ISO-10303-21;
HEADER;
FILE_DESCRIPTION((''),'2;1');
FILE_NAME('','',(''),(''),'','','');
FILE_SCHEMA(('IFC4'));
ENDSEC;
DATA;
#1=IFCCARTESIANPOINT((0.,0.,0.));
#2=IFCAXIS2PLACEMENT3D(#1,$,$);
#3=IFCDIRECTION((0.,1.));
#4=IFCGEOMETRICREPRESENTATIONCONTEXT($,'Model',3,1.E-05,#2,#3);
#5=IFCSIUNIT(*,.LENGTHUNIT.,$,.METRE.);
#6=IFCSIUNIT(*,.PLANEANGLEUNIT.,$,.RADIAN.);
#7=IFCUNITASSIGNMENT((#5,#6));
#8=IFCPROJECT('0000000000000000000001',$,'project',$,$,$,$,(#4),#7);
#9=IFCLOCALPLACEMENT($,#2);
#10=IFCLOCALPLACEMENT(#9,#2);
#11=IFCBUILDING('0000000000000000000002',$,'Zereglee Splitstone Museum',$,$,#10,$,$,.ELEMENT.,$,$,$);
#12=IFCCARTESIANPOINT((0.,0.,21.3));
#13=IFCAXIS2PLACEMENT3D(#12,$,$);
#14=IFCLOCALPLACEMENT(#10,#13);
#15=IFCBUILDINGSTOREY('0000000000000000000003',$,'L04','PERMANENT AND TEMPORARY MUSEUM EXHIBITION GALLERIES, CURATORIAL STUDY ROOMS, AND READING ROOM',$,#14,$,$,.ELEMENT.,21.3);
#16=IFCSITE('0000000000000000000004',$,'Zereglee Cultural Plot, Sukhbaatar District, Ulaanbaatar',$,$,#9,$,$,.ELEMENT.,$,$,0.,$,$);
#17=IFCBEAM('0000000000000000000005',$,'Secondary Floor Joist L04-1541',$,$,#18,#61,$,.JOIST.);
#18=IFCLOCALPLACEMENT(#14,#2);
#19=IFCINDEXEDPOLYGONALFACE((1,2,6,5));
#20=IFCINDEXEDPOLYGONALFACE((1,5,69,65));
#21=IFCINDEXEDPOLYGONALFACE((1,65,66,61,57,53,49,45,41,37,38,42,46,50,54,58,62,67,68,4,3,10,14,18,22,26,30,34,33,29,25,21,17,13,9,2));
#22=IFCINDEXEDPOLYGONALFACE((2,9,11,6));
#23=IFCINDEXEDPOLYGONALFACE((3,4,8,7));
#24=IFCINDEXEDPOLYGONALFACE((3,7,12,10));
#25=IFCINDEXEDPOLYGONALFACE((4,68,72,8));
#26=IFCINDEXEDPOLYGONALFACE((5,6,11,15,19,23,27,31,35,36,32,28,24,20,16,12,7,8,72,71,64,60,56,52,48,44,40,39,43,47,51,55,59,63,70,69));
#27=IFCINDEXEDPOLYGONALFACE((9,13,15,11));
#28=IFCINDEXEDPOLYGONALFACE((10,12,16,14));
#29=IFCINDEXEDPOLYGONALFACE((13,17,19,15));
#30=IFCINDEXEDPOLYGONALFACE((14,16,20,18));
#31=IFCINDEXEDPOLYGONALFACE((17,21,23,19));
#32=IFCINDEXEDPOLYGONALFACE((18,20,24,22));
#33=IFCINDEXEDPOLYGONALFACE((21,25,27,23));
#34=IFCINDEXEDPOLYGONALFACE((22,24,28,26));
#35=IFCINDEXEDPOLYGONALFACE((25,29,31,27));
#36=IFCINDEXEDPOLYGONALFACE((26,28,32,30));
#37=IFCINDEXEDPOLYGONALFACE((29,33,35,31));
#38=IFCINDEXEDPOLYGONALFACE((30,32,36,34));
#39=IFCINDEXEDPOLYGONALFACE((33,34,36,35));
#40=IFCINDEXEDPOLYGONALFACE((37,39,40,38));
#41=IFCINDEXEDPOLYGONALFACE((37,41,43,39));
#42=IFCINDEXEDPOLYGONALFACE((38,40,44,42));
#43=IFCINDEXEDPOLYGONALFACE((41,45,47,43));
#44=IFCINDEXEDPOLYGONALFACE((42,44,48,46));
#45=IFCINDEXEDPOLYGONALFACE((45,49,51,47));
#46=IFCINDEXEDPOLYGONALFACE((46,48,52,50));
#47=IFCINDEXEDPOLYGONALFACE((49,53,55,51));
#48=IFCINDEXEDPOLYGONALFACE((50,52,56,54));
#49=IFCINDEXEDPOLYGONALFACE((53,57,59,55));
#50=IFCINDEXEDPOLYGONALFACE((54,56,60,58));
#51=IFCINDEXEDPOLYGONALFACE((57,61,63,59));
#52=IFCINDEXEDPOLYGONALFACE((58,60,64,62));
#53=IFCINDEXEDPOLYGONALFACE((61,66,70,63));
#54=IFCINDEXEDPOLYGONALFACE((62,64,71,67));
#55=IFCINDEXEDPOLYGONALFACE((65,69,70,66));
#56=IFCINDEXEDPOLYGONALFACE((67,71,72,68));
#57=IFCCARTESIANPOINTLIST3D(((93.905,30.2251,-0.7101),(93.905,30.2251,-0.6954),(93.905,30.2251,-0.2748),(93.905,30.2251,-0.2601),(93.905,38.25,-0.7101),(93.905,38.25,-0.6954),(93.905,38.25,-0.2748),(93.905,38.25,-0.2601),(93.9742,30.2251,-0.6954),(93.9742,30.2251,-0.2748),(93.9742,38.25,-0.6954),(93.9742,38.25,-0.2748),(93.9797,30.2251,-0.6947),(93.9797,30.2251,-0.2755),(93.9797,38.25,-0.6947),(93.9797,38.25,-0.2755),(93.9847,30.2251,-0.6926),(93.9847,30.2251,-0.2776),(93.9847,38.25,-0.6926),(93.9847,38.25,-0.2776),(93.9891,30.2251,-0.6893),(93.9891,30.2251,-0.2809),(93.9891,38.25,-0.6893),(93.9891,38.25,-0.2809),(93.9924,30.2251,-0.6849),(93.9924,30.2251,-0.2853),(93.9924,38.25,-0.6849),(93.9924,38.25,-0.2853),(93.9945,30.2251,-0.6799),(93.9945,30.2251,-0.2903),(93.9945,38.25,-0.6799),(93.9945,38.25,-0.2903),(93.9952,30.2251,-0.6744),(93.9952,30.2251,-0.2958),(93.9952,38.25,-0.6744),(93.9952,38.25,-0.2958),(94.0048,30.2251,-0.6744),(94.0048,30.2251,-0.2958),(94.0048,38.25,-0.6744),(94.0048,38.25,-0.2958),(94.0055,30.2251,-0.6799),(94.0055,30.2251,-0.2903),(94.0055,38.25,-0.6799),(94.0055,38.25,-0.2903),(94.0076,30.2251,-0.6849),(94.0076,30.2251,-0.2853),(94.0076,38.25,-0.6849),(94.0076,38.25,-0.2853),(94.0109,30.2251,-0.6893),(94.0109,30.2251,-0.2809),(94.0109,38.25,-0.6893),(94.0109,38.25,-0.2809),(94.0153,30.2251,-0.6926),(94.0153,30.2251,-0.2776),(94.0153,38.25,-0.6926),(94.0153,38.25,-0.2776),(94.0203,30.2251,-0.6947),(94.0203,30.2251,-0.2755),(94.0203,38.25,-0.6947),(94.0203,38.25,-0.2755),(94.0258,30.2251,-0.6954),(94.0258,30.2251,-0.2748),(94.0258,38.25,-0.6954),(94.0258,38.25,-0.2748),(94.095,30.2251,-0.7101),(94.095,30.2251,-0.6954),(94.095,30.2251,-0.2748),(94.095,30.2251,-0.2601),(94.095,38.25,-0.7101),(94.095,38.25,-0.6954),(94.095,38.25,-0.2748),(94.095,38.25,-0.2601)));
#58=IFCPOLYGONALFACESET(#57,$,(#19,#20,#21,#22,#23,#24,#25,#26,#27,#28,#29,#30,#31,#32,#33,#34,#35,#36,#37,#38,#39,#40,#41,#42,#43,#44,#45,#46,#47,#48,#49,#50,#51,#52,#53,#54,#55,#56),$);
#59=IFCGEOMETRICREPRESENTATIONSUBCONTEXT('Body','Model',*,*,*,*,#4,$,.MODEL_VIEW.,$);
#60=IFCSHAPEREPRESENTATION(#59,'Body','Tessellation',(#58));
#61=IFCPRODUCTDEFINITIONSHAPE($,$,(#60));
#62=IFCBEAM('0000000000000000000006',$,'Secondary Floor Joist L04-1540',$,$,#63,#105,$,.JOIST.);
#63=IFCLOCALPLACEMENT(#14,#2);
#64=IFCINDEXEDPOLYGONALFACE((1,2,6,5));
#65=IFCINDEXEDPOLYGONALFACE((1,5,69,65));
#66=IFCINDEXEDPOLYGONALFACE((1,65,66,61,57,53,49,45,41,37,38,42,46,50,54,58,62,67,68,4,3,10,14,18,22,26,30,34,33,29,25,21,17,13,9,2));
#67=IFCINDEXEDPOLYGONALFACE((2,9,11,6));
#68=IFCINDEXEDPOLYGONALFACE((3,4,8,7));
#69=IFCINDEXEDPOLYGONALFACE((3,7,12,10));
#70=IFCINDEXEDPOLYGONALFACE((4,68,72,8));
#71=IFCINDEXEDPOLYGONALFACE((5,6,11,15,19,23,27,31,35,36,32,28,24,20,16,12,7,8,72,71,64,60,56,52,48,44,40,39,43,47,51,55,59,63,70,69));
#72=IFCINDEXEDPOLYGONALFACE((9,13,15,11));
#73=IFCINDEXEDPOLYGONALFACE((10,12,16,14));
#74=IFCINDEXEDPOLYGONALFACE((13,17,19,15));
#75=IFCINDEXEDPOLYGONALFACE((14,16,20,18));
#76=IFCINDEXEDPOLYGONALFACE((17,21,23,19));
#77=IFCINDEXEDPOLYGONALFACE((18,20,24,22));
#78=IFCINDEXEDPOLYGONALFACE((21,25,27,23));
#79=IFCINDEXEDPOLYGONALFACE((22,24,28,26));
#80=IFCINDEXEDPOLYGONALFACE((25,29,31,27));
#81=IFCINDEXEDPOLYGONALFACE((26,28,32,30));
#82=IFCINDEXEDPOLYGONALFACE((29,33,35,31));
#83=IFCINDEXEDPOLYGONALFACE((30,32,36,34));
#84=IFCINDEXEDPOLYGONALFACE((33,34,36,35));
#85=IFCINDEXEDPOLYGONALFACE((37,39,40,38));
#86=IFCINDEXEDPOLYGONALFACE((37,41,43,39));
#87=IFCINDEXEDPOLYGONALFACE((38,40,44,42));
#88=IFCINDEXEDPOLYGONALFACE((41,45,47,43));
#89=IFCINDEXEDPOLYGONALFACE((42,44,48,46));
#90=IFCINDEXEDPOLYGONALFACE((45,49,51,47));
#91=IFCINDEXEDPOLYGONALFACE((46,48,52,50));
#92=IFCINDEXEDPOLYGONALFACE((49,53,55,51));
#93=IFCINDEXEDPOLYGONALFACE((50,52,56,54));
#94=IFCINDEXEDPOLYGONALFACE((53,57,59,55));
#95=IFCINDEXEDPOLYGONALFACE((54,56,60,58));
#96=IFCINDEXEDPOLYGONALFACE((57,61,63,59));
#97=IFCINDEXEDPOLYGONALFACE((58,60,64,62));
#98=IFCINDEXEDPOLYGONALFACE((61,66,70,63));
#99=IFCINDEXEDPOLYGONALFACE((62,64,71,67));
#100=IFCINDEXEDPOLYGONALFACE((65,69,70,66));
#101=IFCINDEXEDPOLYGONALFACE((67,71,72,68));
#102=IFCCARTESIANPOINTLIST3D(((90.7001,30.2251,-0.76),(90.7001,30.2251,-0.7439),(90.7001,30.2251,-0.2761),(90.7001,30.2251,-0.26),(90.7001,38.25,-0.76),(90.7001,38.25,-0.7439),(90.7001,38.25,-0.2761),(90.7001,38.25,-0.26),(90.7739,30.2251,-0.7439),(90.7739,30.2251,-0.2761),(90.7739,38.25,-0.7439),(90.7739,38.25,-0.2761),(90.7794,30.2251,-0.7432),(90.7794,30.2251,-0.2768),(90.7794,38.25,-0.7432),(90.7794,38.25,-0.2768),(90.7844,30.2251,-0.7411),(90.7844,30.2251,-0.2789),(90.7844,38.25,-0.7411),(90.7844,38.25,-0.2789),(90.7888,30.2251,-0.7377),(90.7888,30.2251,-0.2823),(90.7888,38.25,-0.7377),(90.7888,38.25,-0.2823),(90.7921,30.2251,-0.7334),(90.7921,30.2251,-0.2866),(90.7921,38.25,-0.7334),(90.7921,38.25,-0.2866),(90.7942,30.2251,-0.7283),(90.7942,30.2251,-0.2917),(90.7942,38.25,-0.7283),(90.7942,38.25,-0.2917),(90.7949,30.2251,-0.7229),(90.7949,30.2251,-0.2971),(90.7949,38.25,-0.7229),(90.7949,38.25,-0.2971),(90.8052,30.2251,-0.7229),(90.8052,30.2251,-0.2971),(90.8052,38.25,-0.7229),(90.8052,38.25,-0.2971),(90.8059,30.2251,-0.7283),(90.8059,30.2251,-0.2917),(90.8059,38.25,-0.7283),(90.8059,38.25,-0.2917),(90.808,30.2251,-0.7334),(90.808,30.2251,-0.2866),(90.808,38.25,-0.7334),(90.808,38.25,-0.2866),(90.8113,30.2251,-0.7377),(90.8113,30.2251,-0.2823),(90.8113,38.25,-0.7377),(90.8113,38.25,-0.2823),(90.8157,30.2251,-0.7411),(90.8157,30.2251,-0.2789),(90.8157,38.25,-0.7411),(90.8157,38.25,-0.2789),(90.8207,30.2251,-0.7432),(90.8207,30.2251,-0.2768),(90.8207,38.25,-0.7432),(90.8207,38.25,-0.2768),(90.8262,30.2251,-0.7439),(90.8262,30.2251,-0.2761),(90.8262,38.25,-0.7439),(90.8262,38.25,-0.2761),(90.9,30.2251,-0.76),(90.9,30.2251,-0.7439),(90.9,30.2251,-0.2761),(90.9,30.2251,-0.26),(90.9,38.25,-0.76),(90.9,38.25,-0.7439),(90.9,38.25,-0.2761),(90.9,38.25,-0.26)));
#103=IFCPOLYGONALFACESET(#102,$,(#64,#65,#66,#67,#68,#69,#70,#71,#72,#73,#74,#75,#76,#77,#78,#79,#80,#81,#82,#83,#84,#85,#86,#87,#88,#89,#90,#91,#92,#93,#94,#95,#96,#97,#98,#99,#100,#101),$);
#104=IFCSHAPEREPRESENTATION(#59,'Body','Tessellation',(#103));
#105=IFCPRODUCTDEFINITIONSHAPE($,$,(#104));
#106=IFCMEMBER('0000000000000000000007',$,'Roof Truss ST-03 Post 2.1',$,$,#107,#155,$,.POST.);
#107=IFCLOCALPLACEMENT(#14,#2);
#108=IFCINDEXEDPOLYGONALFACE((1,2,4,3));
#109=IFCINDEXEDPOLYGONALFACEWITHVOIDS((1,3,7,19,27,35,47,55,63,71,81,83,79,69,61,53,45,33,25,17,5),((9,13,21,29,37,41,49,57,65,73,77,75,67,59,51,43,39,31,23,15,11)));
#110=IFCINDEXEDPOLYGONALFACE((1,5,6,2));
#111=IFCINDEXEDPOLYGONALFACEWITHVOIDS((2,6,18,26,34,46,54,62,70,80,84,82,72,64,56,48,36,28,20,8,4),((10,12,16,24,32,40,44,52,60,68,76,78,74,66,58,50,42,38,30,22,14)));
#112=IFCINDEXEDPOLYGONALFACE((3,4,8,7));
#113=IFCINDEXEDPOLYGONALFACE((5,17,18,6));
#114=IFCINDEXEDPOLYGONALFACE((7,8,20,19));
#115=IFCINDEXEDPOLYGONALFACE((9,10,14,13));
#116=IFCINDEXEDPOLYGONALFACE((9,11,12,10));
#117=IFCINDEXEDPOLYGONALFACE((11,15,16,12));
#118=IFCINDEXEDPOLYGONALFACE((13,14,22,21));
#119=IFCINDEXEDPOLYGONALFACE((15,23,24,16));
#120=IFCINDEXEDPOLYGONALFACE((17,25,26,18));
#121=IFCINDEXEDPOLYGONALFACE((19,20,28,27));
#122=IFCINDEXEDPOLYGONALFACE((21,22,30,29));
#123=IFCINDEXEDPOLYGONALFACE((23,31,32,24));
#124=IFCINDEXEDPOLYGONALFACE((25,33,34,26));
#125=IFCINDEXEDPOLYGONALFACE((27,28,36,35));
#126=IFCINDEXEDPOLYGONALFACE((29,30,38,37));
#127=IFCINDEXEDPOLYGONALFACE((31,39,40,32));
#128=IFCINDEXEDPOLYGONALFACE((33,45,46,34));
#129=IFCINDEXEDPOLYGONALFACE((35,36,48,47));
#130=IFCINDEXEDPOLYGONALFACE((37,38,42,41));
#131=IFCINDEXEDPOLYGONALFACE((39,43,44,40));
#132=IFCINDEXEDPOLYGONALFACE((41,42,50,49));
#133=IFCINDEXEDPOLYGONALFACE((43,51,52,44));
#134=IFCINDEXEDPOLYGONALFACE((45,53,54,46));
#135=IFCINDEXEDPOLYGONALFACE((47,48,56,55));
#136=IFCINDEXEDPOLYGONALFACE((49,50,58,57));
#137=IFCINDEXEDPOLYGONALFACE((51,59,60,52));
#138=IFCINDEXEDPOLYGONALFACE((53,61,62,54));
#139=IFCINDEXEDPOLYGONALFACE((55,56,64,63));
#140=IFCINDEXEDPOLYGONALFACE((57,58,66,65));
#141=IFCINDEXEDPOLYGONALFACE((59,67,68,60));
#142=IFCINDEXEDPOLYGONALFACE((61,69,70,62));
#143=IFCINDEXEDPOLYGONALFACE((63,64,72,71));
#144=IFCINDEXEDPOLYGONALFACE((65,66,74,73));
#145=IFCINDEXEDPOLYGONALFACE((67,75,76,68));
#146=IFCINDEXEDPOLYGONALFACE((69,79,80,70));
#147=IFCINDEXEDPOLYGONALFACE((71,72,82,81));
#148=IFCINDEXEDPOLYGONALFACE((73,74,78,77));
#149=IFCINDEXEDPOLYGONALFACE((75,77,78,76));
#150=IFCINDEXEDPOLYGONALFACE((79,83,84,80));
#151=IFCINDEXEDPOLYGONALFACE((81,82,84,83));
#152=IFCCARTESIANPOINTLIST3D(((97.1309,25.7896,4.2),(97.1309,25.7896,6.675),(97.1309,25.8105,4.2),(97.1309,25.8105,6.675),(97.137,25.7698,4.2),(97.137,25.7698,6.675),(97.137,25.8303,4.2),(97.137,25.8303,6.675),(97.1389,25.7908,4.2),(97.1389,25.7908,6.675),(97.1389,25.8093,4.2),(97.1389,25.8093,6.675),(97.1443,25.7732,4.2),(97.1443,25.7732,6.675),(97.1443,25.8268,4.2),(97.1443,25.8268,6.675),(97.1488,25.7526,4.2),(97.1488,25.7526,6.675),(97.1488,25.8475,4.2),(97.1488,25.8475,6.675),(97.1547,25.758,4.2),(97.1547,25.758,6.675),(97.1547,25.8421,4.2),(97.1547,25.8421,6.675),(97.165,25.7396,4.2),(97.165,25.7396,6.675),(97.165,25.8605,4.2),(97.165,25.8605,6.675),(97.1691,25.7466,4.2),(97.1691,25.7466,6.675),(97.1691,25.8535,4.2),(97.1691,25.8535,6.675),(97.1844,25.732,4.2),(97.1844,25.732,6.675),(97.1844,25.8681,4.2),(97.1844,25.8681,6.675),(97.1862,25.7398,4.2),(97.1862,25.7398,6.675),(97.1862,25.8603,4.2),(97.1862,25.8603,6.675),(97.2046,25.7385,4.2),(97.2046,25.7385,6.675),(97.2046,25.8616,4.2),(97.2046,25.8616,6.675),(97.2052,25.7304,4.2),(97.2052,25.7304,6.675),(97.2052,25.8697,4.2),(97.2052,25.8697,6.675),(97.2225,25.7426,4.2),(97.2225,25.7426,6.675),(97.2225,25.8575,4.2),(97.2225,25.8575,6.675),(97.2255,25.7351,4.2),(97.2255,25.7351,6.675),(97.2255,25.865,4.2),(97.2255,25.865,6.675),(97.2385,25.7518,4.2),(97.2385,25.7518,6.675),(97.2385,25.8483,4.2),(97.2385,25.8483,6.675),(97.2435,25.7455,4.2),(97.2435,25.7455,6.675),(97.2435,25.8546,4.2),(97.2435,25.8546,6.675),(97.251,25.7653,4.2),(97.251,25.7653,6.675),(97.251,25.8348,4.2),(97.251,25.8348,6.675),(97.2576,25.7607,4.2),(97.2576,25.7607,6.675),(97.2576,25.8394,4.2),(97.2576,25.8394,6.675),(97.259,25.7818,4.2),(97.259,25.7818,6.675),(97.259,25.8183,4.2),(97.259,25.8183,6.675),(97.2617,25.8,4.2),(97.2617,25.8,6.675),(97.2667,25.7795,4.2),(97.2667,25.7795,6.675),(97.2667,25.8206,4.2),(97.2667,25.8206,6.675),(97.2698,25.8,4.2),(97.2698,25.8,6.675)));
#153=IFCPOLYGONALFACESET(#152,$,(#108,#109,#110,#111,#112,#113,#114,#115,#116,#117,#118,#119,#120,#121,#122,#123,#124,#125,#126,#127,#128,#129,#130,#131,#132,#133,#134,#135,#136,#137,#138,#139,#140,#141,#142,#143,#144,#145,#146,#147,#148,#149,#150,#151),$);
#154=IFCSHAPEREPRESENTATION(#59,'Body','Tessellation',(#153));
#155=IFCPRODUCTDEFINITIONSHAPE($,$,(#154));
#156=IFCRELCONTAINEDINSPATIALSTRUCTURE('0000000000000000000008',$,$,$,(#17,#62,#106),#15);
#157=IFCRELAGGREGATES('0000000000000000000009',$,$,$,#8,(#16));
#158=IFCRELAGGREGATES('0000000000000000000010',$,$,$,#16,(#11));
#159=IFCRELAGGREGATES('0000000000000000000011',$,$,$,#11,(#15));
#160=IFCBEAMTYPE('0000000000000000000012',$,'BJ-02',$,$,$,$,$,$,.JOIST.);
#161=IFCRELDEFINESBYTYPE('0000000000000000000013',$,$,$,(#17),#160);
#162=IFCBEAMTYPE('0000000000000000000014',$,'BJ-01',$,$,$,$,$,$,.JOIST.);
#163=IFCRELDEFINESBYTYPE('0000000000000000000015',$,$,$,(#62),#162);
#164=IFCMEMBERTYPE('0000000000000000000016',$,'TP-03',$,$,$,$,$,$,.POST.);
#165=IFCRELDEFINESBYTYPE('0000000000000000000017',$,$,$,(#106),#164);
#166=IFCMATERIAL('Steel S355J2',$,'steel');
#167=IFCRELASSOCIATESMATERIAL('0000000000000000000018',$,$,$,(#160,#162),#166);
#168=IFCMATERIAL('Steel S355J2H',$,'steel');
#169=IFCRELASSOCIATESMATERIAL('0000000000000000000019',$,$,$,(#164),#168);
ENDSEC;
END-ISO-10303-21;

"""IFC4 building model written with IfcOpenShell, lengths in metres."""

from ifc_helpers import new_model, si_unit, direction, frame, origin, origin_2d, place, context, subcontext, project, spatial, hollow_circle, i_section, extrude, material, material_profile, profile_set, type_object, element, save


model = new_model("IFC4")

# Units and contexts
model_context = context("Model", 3, precision=1e-05, world=origin(), true_north=direction((0.0, 1.0)))
body_context = subcontext(model_context, "Body", "Model", "MODEL_VIEW")
ifc_project = project(units=[si_unit("LENGTHUNIT", "METRE"), si_unit("PLANEANGLEUNIT", "RADIAN")], contexts=[model_context])

# Site, building, storey
site_placement = place(None, origin())
site = spatial("IfcSite", under=ifc_project, at=site_placement, Name="Zereglee Cultural Plot, Sukhbaatar District, Ulaanbaatar", CompositionType="ELEMENT", RefElevation=0.0)
building_placement = place(site_placement, origin())
building = spatial("IfcBuilding", under=site, at=building_placement, Name="Zereglee Splitstone Museum", CompositionType="ELEMENT")
storey_placement = place(building_placement, frame((0.0, 0.0, 21.3)))
storey = spatial("IfcBuildingStorey", under=building, at=storey_placement, Name="L04", Description="PERMANENT AND TEMPORARY MUSEUM EXHIBITION GALLERIES, CURATORIAL STUDY ROOMS, AND READING ROOM", CompositionType="ELEMENT", Elevation=21.3)

# Shared definitions
ifc_material_1 = material(Name="Steel S355J2H", Category="steel")

# Shared definitions
ifc_material_2 = material(Name="Steel S355J2", Category="steel")

# Beams
ifc_material_profile_1 = material_profile(ifc_material_2, i_section(OverallWidth=0.1899, OverallDepth=0.45, WebThickness=0.0095, FlangeThickness=0.0146, FilletRadius=0.021, at=origin_2d()), Name="IPE 450")
ifc_profile_set_1 = profile_set([ifc_material_profile_1], Name="Steel S355J2")
beam_type_1 = type_object("IfcBeamType", Name="BJ-02", PredefinedType="JOIST", material=ifc_profile_set_1)
beam_1_placement = place(storey_placement, frame((94.0, 30.2251, -0.4851), z_axis=(0.0, 1.0, 0.0), x_axis=(-1.0, 0.0, 0.0)))
element("IfcBeam", 1, at=beam_1_placement, inside=storey, type_object=beam_type_1, Name="Secondary Floor Joist L04-1541", PredefinedType="JOIST", context=body_context, shape_type="SweptSolid", body=[
    extrude(i_section(OverallWidth=0.1899, OverallDepth=0.45, WebThickness=0.0095, FlangeThickness=0.0146, FilletRadius=0.021, at=origin_2d()), origin(), (0.0, 0.0, 1.0), 8.0249),
])
ifc_material_profile_2 = material_profile(ifc_material_2, i_section(OverallWidth=0.2, OverallDepth=0.5, WebThickness=0.0103, FlangeThickness=0.0161, FilletRadius=0.021, at=origin_2d()), Name="IPE 500")
ifc_profile_set_2 = profile_set([ifc_material_profile_2], Name="Steel S355J2")
beam_type_2 = type_object("IfcBeamType", Name="BJ-01", PredefinedType="JOIST", material=ifc_profile_set_2)
beam_2_placement = place(storey_placement, frame((90.8, 30.2251, -0.51), z_axis=(0.0, 1.0, 0.0), x_axis=(-1.0, 0.0, 0.0)))
element("IfcBeam", 2, at=beam_2_placement, inside=storey, type_object=beam_type_2, Name="Secondary Floor Joist L04-1540", PredefinedType="JOIST", context=body_context, shape_type="SweptSolid", body=[
    extrude(i_section(OverallWidth=0.2, OverallDepth=0.5, WebThickness=0.0103, FlangeThickness=0.0161, FilletRadius=0.021, at=origin_2d()), origin(), (0.0, 0.0, 1.0), 8.0249),
])

# Member
ifc_material_profile_3 = material_profile(ifc_material_1, hollow_circle(Radius=0.0698, WallThickness=0.0081, at=origin_2d()), Name="CHS 139.7x8")
ifc_profile_set_3 = profile_set([ifc_material_profile_3], Name="Steel S355J2H")
member_type_1 = type_object("IfcMemberType", Name="TP-03", PredefinedType="POST", material=ifc_profile_set_3)
member_1_placement = place(storey_placement, frame((97.2, 25.8, 4.2), z_axis=(0.0, 0.0, 1.0), x_axis=(1.0, 0.0, 0.0)))
element("IfcMember", 3, at=member_1_placement, inside=storey, type_object=member_type_1, Name="Roof Truss ST-03 Post 2.1", PredefinedType="POST", context=body_context, shape_type="SweptSolid", body=[
    extrude(hollow_circle(Radius=0.0698, WallThickness=0.0081, at=origin_2d()), origin(), (0.0, 0.0, 1.0), 2.4751),
])

save(model, "model.ifc")
